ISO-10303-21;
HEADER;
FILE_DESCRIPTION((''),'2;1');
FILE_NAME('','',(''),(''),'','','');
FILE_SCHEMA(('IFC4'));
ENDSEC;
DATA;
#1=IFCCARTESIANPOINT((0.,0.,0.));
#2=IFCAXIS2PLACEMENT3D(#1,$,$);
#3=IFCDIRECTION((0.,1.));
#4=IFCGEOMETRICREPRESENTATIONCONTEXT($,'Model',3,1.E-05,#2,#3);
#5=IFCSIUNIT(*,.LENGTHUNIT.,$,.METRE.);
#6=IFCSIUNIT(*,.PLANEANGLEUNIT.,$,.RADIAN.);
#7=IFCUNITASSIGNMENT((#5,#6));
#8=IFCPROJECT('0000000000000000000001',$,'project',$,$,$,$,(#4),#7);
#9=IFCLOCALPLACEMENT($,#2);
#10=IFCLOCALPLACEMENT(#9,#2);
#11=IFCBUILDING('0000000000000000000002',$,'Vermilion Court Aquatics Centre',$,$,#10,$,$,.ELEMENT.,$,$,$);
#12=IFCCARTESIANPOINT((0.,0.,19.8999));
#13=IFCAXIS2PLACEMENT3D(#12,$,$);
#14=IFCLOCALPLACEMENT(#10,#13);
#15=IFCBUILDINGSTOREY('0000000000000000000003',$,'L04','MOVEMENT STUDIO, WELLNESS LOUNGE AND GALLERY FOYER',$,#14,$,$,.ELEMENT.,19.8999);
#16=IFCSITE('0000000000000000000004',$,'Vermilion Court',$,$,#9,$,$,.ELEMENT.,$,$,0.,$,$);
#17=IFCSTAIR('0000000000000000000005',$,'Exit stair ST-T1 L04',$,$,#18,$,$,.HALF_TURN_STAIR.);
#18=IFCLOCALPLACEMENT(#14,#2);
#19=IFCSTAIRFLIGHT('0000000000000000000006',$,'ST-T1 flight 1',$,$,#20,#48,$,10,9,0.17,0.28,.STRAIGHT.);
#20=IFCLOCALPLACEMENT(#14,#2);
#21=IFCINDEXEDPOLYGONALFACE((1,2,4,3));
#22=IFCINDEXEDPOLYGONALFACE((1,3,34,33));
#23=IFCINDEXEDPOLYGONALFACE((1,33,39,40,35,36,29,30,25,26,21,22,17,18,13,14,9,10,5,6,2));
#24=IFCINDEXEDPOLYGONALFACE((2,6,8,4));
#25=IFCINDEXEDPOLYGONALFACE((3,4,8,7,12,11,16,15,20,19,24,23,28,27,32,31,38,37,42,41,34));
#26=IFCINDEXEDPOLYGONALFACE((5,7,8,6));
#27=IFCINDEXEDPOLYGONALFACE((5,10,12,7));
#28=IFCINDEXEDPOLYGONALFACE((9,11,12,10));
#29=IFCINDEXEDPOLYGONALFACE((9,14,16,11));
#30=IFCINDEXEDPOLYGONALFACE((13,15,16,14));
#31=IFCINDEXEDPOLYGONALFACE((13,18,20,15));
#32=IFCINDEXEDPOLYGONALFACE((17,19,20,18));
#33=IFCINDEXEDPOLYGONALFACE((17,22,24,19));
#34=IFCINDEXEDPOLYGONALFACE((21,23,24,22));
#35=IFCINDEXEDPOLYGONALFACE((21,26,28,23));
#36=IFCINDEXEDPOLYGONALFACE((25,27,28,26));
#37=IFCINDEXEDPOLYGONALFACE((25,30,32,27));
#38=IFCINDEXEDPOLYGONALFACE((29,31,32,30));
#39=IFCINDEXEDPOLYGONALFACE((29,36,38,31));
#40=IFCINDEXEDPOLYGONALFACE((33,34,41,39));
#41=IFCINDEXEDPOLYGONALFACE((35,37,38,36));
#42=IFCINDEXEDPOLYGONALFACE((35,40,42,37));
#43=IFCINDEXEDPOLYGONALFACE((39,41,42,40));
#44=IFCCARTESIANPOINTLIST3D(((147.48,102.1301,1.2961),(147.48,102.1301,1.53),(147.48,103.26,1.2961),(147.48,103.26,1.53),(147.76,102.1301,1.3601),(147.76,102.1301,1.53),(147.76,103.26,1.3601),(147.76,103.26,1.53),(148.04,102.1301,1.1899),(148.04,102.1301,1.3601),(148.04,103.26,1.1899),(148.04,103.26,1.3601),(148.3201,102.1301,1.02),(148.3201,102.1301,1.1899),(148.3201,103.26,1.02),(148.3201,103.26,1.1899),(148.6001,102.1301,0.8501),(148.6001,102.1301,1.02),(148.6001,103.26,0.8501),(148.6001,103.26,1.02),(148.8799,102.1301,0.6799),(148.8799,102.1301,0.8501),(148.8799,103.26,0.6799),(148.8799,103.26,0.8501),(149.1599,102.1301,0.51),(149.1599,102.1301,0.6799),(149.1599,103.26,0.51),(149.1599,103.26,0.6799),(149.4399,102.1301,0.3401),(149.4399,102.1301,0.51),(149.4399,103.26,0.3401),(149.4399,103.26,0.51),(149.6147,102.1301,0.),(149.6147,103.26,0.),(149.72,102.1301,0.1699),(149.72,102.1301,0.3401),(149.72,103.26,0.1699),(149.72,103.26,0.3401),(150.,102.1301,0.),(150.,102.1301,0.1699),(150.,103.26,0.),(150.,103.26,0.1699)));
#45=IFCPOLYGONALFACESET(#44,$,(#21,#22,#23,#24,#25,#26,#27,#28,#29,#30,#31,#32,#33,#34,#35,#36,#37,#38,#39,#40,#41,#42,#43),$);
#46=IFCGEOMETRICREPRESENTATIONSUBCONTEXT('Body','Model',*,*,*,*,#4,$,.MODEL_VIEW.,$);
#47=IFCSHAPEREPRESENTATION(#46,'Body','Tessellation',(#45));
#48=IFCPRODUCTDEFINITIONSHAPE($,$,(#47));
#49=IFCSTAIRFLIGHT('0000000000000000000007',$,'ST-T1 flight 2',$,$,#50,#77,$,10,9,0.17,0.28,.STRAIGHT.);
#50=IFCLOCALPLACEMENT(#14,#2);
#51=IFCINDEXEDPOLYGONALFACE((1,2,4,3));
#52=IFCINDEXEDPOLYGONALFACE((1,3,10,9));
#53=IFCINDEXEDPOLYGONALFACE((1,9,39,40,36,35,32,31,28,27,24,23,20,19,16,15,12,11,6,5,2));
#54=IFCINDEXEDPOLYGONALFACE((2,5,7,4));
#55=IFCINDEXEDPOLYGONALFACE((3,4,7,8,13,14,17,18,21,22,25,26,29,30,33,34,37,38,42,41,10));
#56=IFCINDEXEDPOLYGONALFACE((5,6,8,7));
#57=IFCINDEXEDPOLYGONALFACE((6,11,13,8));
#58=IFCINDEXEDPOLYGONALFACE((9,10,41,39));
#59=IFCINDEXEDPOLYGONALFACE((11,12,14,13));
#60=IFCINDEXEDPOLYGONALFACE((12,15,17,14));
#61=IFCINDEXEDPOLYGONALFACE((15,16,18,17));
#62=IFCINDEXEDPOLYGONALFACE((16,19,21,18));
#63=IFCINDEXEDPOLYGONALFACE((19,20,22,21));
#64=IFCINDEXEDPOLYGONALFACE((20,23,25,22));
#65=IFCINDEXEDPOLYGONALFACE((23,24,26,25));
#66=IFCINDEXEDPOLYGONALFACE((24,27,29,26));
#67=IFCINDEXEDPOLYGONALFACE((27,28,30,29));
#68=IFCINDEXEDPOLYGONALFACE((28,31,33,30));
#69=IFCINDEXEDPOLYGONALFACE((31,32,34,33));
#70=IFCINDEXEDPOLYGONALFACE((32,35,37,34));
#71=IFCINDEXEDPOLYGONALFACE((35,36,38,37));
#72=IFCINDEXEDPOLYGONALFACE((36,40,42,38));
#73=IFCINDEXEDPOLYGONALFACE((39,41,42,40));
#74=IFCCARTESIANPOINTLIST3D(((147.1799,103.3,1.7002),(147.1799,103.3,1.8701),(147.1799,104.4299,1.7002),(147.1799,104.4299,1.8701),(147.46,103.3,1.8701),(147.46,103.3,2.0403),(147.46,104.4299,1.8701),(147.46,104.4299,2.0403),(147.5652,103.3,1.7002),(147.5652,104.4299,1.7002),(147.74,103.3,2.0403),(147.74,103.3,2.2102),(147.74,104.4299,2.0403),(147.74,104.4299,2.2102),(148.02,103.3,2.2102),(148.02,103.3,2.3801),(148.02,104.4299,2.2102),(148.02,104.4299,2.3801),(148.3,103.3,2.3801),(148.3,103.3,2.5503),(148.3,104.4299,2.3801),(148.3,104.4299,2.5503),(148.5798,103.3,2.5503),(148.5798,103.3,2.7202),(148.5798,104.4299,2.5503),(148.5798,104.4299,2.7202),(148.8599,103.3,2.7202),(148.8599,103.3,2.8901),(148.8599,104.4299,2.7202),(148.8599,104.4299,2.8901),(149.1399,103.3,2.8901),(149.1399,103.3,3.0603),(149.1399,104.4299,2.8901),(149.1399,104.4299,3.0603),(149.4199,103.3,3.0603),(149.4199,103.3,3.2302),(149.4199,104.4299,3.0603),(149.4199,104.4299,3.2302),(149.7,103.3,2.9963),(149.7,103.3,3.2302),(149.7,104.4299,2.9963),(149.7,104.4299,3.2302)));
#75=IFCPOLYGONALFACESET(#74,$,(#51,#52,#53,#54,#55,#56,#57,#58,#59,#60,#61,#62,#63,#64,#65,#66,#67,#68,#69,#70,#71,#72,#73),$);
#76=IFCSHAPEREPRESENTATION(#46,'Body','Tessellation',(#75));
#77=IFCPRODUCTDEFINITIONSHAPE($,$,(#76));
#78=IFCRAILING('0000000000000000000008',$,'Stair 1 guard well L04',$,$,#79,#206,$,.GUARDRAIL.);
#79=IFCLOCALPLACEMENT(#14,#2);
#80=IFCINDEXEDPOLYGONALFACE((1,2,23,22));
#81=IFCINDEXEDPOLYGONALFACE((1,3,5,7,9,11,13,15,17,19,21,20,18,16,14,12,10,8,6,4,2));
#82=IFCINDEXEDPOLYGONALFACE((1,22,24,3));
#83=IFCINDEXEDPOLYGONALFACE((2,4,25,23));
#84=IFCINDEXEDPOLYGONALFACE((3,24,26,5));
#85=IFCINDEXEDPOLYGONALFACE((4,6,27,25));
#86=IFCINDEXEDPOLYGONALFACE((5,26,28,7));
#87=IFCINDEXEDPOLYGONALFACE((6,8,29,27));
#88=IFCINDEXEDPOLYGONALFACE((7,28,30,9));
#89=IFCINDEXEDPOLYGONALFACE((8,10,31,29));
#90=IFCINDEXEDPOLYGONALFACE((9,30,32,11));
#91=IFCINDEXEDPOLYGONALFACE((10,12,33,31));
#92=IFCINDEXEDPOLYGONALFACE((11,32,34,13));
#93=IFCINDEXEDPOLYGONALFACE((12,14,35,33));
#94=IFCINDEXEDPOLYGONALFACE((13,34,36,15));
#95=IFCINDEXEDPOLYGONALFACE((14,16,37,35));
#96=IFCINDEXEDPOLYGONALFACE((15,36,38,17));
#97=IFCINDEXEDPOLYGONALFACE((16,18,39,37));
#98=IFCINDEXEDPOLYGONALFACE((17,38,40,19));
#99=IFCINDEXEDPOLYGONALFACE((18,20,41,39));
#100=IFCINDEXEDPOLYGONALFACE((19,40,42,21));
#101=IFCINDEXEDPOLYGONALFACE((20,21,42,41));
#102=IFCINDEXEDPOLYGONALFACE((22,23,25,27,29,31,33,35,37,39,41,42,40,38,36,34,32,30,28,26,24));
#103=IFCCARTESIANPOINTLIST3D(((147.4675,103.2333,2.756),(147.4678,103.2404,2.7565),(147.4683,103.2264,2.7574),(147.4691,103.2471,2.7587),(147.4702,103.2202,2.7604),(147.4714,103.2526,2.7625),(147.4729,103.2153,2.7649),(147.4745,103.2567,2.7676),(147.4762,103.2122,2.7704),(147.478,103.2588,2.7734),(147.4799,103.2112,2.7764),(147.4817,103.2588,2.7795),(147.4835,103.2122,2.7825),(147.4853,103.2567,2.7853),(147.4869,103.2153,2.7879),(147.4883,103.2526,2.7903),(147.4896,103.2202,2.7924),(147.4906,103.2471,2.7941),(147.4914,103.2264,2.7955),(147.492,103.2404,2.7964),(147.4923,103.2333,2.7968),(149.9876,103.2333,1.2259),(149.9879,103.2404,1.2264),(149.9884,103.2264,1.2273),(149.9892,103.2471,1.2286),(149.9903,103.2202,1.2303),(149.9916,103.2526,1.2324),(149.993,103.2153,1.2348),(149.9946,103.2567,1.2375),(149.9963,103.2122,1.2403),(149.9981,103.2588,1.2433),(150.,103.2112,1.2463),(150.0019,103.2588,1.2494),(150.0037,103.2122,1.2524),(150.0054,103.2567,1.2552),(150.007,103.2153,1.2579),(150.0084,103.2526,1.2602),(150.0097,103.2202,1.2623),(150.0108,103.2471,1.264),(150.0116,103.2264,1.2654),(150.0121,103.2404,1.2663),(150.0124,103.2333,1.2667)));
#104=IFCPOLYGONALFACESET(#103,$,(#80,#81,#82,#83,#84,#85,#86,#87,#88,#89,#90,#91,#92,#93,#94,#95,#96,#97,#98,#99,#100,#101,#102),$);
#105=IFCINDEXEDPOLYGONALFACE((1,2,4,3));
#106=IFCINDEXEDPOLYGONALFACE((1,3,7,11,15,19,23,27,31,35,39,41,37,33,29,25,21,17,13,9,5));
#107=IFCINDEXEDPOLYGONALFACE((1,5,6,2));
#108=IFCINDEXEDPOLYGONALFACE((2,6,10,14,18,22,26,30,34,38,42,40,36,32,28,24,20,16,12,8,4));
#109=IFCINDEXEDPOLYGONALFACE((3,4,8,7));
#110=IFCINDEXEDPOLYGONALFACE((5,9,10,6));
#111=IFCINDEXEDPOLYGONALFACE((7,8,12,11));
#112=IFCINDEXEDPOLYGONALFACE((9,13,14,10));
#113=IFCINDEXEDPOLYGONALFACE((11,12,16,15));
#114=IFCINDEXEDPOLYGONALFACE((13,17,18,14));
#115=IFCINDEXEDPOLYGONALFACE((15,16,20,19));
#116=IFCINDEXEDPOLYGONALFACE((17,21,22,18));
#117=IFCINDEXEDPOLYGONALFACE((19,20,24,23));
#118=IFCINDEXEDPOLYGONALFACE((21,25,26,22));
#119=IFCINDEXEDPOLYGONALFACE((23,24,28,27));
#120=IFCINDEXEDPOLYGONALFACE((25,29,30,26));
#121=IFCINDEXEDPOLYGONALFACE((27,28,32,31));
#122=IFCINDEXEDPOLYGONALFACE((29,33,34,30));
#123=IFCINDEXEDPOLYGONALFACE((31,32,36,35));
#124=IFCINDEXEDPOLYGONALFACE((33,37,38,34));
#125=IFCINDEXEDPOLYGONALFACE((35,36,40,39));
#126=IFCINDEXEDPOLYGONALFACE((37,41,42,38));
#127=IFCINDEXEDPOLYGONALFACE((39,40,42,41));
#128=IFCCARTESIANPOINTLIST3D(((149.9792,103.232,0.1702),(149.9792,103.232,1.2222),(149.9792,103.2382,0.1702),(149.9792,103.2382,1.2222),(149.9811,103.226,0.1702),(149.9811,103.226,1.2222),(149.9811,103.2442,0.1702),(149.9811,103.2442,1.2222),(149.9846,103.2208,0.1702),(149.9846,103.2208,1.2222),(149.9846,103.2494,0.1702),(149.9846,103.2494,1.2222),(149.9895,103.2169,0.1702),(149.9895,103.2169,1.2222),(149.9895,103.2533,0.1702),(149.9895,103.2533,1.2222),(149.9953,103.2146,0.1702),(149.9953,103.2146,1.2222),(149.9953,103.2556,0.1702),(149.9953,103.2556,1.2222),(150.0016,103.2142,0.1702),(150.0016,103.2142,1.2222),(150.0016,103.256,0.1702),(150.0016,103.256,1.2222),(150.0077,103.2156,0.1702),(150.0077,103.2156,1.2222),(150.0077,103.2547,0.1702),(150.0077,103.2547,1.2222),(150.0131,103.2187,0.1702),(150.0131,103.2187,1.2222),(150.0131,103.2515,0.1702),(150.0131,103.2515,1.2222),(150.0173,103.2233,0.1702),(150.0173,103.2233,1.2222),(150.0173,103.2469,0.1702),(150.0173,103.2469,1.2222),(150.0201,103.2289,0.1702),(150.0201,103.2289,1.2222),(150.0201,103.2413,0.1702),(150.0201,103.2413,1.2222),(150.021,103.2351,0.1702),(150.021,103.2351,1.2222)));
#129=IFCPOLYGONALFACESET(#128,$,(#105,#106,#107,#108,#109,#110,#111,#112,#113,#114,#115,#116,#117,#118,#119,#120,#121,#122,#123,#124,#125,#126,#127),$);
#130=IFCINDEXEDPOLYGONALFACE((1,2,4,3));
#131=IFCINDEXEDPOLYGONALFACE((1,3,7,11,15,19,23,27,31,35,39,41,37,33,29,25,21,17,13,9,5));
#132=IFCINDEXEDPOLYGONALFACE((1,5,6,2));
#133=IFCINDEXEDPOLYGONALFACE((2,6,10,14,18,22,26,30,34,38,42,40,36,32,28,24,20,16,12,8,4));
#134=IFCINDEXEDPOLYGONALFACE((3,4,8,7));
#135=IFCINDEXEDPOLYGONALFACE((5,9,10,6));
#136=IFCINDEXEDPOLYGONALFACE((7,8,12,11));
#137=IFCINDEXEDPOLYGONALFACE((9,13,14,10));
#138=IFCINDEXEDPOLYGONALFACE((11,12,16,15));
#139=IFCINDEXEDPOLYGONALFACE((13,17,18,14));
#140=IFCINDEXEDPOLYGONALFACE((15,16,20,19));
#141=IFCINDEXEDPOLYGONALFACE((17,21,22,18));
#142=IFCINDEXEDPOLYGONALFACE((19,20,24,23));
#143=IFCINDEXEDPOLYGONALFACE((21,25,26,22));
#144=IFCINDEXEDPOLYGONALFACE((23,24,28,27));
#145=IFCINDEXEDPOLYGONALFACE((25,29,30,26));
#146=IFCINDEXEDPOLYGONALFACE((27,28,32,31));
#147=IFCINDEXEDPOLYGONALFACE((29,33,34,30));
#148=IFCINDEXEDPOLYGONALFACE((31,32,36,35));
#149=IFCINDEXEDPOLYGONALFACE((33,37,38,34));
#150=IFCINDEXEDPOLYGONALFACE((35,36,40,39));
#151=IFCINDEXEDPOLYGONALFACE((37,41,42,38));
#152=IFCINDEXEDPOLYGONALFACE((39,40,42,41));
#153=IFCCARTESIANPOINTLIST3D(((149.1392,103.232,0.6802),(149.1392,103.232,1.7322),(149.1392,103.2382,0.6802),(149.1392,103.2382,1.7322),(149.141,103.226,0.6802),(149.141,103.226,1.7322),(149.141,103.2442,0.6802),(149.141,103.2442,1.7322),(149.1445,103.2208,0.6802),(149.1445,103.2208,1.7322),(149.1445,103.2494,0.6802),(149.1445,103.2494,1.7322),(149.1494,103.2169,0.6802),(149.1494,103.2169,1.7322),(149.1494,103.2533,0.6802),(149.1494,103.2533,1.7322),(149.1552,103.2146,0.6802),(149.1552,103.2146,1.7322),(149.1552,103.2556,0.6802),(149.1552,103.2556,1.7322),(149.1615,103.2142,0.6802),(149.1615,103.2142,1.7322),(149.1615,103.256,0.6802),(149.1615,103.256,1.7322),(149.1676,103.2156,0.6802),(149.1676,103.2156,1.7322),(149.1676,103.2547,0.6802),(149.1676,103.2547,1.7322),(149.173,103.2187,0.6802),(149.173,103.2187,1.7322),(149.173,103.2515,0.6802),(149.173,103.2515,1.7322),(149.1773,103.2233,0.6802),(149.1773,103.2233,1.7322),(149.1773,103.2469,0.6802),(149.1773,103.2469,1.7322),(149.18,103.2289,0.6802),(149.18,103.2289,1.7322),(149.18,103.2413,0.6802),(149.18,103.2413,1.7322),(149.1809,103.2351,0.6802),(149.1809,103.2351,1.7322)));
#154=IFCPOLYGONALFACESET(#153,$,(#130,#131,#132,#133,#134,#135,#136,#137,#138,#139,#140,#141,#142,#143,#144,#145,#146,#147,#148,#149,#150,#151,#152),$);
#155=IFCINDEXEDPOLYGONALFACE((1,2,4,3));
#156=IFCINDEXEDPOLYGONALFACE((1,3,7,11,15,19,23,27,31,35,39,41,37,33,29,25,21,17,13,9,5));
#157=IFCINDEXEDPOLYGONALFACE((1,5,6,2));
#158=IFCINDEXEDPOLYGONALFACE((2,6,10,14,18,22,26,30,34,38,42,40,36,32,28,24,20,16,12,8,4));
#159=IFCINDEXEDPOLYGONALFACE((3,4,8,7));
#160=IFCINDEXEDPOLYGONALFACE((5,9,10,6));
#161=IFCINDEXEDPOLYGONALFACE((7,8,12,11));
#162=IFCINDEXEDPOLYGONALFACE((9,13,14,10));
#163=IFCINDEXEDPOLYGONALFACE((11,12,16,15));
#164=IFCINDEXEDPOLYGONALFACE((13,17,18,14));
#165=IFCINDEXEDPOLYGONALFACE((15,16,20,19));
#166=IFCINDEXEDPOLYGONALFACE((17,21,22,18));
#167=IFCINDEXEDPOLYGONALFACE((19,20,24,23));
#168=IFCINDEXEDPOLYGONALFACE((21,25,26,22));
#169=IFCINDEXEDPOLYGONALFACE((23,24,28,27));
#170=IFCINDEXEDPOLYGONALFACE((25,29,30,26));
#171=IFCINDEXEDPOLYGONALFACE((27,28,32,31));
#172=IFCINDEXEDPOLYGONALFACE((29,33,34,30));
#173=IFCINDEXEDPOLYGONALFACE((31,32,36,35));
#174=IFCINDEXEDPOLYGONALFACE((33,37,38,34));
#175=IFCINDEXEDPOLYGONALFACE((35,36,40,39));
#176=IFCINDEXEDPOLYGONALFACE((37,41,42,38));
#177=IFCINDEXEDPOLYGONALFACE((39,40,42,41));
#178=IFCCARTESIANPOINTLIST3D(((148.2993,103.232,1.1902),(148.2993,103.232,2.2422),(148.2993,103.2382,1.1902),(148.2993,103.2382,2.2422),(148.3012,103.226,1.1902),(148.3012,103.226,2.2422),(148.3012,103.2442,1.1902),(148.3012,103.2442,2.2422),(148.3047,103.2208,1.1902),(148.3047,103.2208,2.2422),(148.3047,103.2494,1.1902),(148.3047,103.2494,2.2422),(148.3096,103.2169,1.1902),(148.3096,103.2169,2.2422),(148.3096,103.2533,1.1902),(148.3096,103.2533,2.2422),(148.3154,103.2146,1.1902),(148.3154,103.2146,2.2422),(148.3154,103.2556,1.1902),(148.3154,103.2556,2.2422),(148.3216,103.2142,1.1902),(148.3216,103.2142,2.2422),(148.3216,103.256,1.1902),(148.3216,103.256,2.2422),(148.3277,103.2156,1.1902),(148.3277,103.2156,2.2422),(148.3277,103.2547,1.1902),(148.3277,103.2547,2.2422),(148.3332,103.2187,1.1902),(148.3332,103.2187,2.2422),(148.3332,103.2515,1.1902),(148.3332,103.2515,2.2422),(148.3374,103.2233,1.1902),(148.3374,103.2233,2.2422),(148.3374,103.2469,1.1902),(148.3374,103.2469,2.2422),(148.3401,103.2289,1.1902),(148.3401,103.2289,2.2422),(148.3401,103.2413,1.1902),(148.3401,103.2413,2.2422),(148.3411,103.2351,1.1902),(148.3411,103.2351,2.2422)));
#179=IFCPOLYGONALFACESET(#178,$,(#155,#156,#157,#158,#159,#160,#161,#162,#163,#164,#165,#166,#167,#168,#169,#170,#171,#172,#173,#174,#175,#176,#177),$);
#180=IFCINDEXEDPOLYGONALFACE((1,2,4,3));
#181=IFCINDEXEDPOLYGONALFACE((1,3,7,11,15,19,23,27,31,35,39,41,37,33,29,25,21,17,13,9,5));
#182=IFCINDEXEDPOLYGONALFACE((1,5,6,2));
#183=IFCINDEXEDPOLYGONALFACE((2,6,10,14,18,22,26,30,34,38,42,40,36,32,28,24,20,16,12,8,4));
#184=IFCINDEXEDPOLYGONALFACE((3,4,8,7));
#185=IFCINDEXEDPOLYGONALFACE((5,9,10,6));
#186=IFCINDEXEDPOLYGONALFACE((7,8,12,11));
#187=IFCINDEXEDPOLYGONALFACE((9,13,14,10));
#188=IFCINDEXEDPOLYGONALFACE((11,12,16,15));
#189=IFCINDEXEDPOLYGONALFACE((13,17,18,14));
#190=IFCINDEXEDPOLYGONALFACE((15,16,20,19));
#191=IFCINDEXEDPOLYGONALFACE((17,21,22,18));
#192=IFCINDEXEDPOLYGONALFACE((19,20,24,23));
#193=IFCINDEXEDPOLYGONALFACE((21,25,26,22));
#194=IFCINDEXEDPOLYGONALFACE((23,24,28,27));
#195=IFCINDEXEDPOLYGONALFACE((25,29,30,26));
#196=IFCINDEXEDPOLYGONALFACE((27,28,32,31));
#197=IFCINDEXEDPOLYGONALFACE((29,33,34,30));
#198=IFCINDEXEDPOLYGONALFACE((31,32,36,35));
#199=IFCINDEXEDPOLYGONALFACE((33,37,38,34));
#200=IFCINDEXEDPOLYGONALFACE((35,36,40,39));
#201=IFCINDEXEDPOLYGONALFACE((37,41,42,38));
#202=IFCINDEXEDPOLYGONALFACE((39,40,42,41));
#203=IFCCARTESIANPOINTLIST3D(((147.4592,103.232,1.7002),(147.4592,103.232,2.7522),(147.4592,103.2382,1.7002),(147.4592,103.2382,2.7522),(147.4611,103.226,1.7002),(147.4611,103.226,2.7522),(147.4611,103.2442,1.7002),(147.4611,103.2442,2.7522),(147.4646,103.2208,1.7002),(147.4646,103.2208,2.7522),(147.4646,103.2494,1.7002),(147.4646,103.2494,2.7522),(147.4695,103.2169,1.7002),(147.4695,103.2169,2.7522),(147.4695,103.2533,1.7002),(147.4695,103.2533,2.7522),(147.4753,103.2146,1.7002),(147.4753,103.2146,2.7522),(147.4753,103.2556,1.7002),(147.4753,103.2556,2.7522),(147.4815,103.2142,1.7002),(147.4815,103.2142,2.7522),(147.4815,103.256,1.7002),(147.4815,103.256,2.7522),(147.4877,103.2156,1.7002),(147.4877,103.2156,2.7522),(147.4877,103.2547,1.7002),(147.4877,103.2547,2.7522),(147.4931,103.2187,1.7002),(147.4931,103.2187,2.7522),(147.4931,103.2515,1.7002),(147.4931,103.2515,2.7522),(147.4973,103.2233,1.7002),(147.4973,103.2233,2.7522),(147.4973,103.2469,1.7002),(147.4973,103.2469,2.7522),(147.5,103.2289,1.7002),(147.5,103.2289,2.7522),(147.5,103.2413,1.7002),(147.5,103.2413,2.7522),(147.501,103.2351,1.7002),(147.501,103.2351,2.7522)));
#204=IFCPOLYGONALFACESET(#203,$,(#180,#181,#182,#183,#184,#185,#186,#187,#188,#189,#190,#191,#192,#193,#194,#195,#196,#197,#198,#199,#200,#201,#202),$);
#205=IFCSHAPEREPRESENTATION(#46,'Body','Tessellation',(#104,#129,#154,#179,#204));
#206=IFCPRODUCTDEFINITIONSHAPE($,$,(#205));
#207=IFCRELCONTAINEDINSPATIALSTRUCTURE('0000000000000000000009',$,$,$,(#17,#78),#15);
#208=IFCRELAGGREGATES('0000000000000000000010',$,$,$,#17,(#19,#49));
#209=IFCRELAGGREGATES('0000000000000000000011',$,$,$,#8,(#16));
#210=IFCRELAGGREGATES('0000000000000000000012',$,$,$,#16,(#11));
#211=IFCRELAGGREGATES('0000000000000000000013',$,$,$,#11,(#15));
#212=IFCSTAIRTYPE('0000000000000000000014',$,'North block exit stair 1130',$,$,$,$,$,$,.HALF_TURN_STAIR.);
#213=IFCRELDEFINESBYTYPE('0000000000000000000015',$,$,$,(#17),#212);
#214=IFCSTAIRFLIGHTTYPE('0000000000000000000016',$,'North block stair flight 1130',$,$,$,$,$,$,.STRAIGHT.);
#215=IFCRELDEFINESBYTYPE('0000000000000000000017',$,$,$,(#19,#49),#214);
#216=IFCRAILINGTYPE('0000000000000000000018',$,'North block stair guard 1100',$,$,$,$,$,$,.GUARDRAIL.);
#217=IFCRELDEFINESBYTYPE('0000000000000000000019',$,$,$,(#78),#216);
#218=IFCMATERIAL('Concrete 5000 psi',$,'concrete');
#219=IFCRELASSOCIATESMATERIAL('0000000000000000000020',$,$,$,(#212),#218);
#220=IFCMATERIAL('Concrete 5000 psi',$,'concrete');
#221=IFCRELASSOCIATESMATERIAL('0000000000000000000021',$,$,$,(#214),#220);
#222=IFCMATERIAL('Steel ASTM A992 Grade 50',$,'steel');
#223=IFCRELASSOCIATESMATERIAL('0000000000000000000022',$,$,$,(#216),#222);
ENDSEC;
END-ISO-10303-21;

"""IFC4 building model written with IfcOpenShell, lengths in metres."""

from ifc_helpers import new_model, si_unit, direction, frame, origin, origin_2d, place, context, subcontext, project, spatial, polyline, circle, outline, extrude, material, type_object, element, aggregate, save


model = new_model("IFC4")

# Units and contexts
model_context = context("Model", 3, precision=1e-05, world=origin(), true_north=direction((0.0, 1.0)))
body_context = subcontext(model_context, "Body", "Model", "MODEL_VIEW")
ifc_project = project(units=[si_unit("LENGTHUNIT", "METRE"), si_unit("PLANEANGLEUNIT", "RADIAN")], contexts=[model_context])

# Site, building, storey
site_placement = place(None, origin())
site = spatial("IfcSite", under=ifc_project, at=site_placement, Name="Vermilion Court", CompositionType="ELEMENT", RefElevation=0.0)
building_placement = place(site_placement, origin())
building = spatial("IfcBuilding", under=site, at=building_placement, Name="Vermilion Court Aquatics Centre", CompositionType="ELEMENT")
storey_placement = place(building_placement, frame((0.0, 0.0, 19.8999)))
storey = spatial("IfcBuildingStorey", under=building, at=storey_placement, Name="L04", Description="MOVEMENT STUDIO, WELLNESS LOUNGE AND GALLERY FOYER", CompositionType="ELEMENT", Elevation=19.8999)

# Stair, stair flights
ifc_material_1 = material(Name="Concrete 5000 psi", Category="concrete")
stair_type = type_object("IfcStairType", Name="North block exit stair 1130", PredefinedType="HALF_TURN_STAIR", material=ifc_material_1)
stair_placement = place(storey_placement, origin())
stair = element("IfcStair", 1, at=stair_placement, inside=storey, type_object=stair_type, Name="Exit stair ST-T1 L04", PredefinedType="HALF_TURN_STAIR")
ifc_material_2 = material(Name="Concrete 5000 psi", Category="concrete")
stair_flight_type = type_object("IfcStairFlightType", Name="North block stair flight 1130", PredefinedType="STRAIGHT", material=ifc_material_2)
stair_flight_1_placement = place(storey_placement, frame((150.0, 102.6951, 0.0), z_axis=(0.0, 0.0, 1.0), x_axis=(-1.0, 0.0, 0.0)))
stair_flight_1 = element("IfcStairFlight", 2, at=stair_flight_1_placement, type_object=stair_flight_type, Name="ST-T1 flight 1", NumberOfRisers=10, NumberOfTreads=9, PredefinedType="STRAIGHT", RiserHeight=0.17, TreadLength=0.28, context=body_context, shape_type="SweptSolid", body=[
    extrude(outline(polyline([(0.0, 0.0), (0.0, 0.1699), (0.28, 0.1699), (0.28, 0.3401), (0.5601, 0.3401), (0.5601, 0.51), (0.8401, 0.51), (0.8401, 0.6799), (1.1201, 0.6799), (1.1201, 0.8501), (1.3999, 0.8501), (1.3999, 1.02), (1.6799, 1.02), (1.6799, 1.1899), (1.96, 1.1899), (1.96, 1.3601), (2.24, 1.3601), (2.24, 1.53), (2.52, 1.53), (2.52, 1.7), (2.52, 1.2961), (0.3853, 0.0), (0.0, 0.0)])), frame((0.0, 0.5649, 0.0), z_axis=(0.0, -1.0, 0.0), x_axis=(1.0, 0.0, 0.0)), (0.0, 0.0, 1.0), 1.1299),
])
stair_flight_2_placement = place(storey_placement, frame((147.1799, 103.865, 1.7002), z_axis=(0.0, 0.0, 1.0), x_axis=(1.0, 0.0, 0.0)))
stair_flight_2 = element("IfcStairFlight", 3, at=stair_flight_2_placement, type_object=stair_flight_type, Name="ST-T1 flight 2", NumberOfRisers=10, NumberOfTreads=9, PredefinedType="STRAIGHT", RiserHeight=0.17, TreadLength=0.28, context=body_context, shape_type="SweptSolid", body=[
    extrude(outline(polyline([(0.0, 0.0), (0.0, 0.1699), (0.28, 0.1699), (0.28, 0.3401), (0.5601, 0.3401), (0.5601, 0.51), (0.8401, 0.51), (0.8401, 0.6799), (1.1201, 0.6799), (1.1201, 0.8501), (1.3999, 0.8501), (1.3999, 1.02), (1.6799, 1.02), (1.6799, 1.1899), (1.96, 1.1899), (1.96, 1.3601), (2.24, 1.3601), (2.24, 1.53), (2.52, 1.53), (2.52, 1.7), (2.52, 1.2961), (0.3853, 0.0), (0.0, 0.0)])), frame((0.0, 0.5649, 0.0), z_axis=(0.0, -1.0, 0.0), x_axis=(1.0, 0.0, 0.0)), (0.0, 0.0, 1.0), 1.1299),
])
aggregate(stair, [stair_flight_1, stair_flight_2])

# Railing
ifc_material_3 = material(Name="Steel ASTM A992 Grade 50", Category="steel")
railing_type_1 = type_object("IfcRailingType", Name="North block stair guard 1100", PredefinedType="GUARDRAIL", material=ifc_material_3)
railing_1_placement = place(storey_placement, frame((150.0, 103.2351, 0.1702)))
element("IfcRailing", 4, at=railing_1_placement, inside=storey, type_object=railing_type_1, Name="Stair 1 guard well L04", PredefinedType="GUARDRAIL", context=body_context, shape_type="SweptSolid", body=[
    extrude(circle(Radius=0.0239, at=origin_2d()), frame((0.0, 0.0, 1.0762), z_axis=(-0.854785, 0.0, 0.518982), x_axis=(0.0, -1.0, 0.0)), (0.0, 0.0, 1.0), 2.9482),
    extrude(circle(Radius=0.021, at=origin_2d()), origin(), (0.0, 0.0, 1.0), 1.052),
    extrude(circle(Radius=0.021, at=origin_2d()), frame((-0.8401, 0.0, 0.51)), (0.0, 0.0, 1.0), 1.052),
    extrude(circle(Radius=0.021, at=origin_2d()), frame((-1.6799, 0.0, 1.02)), (0.0, 0.0, 1.0), 1.052),
    extrude(circle(Radius=0.021, at=origin_2d()), frame((-2.52, 0.0, 1.53)), (0.0, 0.0, 1.0), 1.052),
])

save(model, "model.ifc")
